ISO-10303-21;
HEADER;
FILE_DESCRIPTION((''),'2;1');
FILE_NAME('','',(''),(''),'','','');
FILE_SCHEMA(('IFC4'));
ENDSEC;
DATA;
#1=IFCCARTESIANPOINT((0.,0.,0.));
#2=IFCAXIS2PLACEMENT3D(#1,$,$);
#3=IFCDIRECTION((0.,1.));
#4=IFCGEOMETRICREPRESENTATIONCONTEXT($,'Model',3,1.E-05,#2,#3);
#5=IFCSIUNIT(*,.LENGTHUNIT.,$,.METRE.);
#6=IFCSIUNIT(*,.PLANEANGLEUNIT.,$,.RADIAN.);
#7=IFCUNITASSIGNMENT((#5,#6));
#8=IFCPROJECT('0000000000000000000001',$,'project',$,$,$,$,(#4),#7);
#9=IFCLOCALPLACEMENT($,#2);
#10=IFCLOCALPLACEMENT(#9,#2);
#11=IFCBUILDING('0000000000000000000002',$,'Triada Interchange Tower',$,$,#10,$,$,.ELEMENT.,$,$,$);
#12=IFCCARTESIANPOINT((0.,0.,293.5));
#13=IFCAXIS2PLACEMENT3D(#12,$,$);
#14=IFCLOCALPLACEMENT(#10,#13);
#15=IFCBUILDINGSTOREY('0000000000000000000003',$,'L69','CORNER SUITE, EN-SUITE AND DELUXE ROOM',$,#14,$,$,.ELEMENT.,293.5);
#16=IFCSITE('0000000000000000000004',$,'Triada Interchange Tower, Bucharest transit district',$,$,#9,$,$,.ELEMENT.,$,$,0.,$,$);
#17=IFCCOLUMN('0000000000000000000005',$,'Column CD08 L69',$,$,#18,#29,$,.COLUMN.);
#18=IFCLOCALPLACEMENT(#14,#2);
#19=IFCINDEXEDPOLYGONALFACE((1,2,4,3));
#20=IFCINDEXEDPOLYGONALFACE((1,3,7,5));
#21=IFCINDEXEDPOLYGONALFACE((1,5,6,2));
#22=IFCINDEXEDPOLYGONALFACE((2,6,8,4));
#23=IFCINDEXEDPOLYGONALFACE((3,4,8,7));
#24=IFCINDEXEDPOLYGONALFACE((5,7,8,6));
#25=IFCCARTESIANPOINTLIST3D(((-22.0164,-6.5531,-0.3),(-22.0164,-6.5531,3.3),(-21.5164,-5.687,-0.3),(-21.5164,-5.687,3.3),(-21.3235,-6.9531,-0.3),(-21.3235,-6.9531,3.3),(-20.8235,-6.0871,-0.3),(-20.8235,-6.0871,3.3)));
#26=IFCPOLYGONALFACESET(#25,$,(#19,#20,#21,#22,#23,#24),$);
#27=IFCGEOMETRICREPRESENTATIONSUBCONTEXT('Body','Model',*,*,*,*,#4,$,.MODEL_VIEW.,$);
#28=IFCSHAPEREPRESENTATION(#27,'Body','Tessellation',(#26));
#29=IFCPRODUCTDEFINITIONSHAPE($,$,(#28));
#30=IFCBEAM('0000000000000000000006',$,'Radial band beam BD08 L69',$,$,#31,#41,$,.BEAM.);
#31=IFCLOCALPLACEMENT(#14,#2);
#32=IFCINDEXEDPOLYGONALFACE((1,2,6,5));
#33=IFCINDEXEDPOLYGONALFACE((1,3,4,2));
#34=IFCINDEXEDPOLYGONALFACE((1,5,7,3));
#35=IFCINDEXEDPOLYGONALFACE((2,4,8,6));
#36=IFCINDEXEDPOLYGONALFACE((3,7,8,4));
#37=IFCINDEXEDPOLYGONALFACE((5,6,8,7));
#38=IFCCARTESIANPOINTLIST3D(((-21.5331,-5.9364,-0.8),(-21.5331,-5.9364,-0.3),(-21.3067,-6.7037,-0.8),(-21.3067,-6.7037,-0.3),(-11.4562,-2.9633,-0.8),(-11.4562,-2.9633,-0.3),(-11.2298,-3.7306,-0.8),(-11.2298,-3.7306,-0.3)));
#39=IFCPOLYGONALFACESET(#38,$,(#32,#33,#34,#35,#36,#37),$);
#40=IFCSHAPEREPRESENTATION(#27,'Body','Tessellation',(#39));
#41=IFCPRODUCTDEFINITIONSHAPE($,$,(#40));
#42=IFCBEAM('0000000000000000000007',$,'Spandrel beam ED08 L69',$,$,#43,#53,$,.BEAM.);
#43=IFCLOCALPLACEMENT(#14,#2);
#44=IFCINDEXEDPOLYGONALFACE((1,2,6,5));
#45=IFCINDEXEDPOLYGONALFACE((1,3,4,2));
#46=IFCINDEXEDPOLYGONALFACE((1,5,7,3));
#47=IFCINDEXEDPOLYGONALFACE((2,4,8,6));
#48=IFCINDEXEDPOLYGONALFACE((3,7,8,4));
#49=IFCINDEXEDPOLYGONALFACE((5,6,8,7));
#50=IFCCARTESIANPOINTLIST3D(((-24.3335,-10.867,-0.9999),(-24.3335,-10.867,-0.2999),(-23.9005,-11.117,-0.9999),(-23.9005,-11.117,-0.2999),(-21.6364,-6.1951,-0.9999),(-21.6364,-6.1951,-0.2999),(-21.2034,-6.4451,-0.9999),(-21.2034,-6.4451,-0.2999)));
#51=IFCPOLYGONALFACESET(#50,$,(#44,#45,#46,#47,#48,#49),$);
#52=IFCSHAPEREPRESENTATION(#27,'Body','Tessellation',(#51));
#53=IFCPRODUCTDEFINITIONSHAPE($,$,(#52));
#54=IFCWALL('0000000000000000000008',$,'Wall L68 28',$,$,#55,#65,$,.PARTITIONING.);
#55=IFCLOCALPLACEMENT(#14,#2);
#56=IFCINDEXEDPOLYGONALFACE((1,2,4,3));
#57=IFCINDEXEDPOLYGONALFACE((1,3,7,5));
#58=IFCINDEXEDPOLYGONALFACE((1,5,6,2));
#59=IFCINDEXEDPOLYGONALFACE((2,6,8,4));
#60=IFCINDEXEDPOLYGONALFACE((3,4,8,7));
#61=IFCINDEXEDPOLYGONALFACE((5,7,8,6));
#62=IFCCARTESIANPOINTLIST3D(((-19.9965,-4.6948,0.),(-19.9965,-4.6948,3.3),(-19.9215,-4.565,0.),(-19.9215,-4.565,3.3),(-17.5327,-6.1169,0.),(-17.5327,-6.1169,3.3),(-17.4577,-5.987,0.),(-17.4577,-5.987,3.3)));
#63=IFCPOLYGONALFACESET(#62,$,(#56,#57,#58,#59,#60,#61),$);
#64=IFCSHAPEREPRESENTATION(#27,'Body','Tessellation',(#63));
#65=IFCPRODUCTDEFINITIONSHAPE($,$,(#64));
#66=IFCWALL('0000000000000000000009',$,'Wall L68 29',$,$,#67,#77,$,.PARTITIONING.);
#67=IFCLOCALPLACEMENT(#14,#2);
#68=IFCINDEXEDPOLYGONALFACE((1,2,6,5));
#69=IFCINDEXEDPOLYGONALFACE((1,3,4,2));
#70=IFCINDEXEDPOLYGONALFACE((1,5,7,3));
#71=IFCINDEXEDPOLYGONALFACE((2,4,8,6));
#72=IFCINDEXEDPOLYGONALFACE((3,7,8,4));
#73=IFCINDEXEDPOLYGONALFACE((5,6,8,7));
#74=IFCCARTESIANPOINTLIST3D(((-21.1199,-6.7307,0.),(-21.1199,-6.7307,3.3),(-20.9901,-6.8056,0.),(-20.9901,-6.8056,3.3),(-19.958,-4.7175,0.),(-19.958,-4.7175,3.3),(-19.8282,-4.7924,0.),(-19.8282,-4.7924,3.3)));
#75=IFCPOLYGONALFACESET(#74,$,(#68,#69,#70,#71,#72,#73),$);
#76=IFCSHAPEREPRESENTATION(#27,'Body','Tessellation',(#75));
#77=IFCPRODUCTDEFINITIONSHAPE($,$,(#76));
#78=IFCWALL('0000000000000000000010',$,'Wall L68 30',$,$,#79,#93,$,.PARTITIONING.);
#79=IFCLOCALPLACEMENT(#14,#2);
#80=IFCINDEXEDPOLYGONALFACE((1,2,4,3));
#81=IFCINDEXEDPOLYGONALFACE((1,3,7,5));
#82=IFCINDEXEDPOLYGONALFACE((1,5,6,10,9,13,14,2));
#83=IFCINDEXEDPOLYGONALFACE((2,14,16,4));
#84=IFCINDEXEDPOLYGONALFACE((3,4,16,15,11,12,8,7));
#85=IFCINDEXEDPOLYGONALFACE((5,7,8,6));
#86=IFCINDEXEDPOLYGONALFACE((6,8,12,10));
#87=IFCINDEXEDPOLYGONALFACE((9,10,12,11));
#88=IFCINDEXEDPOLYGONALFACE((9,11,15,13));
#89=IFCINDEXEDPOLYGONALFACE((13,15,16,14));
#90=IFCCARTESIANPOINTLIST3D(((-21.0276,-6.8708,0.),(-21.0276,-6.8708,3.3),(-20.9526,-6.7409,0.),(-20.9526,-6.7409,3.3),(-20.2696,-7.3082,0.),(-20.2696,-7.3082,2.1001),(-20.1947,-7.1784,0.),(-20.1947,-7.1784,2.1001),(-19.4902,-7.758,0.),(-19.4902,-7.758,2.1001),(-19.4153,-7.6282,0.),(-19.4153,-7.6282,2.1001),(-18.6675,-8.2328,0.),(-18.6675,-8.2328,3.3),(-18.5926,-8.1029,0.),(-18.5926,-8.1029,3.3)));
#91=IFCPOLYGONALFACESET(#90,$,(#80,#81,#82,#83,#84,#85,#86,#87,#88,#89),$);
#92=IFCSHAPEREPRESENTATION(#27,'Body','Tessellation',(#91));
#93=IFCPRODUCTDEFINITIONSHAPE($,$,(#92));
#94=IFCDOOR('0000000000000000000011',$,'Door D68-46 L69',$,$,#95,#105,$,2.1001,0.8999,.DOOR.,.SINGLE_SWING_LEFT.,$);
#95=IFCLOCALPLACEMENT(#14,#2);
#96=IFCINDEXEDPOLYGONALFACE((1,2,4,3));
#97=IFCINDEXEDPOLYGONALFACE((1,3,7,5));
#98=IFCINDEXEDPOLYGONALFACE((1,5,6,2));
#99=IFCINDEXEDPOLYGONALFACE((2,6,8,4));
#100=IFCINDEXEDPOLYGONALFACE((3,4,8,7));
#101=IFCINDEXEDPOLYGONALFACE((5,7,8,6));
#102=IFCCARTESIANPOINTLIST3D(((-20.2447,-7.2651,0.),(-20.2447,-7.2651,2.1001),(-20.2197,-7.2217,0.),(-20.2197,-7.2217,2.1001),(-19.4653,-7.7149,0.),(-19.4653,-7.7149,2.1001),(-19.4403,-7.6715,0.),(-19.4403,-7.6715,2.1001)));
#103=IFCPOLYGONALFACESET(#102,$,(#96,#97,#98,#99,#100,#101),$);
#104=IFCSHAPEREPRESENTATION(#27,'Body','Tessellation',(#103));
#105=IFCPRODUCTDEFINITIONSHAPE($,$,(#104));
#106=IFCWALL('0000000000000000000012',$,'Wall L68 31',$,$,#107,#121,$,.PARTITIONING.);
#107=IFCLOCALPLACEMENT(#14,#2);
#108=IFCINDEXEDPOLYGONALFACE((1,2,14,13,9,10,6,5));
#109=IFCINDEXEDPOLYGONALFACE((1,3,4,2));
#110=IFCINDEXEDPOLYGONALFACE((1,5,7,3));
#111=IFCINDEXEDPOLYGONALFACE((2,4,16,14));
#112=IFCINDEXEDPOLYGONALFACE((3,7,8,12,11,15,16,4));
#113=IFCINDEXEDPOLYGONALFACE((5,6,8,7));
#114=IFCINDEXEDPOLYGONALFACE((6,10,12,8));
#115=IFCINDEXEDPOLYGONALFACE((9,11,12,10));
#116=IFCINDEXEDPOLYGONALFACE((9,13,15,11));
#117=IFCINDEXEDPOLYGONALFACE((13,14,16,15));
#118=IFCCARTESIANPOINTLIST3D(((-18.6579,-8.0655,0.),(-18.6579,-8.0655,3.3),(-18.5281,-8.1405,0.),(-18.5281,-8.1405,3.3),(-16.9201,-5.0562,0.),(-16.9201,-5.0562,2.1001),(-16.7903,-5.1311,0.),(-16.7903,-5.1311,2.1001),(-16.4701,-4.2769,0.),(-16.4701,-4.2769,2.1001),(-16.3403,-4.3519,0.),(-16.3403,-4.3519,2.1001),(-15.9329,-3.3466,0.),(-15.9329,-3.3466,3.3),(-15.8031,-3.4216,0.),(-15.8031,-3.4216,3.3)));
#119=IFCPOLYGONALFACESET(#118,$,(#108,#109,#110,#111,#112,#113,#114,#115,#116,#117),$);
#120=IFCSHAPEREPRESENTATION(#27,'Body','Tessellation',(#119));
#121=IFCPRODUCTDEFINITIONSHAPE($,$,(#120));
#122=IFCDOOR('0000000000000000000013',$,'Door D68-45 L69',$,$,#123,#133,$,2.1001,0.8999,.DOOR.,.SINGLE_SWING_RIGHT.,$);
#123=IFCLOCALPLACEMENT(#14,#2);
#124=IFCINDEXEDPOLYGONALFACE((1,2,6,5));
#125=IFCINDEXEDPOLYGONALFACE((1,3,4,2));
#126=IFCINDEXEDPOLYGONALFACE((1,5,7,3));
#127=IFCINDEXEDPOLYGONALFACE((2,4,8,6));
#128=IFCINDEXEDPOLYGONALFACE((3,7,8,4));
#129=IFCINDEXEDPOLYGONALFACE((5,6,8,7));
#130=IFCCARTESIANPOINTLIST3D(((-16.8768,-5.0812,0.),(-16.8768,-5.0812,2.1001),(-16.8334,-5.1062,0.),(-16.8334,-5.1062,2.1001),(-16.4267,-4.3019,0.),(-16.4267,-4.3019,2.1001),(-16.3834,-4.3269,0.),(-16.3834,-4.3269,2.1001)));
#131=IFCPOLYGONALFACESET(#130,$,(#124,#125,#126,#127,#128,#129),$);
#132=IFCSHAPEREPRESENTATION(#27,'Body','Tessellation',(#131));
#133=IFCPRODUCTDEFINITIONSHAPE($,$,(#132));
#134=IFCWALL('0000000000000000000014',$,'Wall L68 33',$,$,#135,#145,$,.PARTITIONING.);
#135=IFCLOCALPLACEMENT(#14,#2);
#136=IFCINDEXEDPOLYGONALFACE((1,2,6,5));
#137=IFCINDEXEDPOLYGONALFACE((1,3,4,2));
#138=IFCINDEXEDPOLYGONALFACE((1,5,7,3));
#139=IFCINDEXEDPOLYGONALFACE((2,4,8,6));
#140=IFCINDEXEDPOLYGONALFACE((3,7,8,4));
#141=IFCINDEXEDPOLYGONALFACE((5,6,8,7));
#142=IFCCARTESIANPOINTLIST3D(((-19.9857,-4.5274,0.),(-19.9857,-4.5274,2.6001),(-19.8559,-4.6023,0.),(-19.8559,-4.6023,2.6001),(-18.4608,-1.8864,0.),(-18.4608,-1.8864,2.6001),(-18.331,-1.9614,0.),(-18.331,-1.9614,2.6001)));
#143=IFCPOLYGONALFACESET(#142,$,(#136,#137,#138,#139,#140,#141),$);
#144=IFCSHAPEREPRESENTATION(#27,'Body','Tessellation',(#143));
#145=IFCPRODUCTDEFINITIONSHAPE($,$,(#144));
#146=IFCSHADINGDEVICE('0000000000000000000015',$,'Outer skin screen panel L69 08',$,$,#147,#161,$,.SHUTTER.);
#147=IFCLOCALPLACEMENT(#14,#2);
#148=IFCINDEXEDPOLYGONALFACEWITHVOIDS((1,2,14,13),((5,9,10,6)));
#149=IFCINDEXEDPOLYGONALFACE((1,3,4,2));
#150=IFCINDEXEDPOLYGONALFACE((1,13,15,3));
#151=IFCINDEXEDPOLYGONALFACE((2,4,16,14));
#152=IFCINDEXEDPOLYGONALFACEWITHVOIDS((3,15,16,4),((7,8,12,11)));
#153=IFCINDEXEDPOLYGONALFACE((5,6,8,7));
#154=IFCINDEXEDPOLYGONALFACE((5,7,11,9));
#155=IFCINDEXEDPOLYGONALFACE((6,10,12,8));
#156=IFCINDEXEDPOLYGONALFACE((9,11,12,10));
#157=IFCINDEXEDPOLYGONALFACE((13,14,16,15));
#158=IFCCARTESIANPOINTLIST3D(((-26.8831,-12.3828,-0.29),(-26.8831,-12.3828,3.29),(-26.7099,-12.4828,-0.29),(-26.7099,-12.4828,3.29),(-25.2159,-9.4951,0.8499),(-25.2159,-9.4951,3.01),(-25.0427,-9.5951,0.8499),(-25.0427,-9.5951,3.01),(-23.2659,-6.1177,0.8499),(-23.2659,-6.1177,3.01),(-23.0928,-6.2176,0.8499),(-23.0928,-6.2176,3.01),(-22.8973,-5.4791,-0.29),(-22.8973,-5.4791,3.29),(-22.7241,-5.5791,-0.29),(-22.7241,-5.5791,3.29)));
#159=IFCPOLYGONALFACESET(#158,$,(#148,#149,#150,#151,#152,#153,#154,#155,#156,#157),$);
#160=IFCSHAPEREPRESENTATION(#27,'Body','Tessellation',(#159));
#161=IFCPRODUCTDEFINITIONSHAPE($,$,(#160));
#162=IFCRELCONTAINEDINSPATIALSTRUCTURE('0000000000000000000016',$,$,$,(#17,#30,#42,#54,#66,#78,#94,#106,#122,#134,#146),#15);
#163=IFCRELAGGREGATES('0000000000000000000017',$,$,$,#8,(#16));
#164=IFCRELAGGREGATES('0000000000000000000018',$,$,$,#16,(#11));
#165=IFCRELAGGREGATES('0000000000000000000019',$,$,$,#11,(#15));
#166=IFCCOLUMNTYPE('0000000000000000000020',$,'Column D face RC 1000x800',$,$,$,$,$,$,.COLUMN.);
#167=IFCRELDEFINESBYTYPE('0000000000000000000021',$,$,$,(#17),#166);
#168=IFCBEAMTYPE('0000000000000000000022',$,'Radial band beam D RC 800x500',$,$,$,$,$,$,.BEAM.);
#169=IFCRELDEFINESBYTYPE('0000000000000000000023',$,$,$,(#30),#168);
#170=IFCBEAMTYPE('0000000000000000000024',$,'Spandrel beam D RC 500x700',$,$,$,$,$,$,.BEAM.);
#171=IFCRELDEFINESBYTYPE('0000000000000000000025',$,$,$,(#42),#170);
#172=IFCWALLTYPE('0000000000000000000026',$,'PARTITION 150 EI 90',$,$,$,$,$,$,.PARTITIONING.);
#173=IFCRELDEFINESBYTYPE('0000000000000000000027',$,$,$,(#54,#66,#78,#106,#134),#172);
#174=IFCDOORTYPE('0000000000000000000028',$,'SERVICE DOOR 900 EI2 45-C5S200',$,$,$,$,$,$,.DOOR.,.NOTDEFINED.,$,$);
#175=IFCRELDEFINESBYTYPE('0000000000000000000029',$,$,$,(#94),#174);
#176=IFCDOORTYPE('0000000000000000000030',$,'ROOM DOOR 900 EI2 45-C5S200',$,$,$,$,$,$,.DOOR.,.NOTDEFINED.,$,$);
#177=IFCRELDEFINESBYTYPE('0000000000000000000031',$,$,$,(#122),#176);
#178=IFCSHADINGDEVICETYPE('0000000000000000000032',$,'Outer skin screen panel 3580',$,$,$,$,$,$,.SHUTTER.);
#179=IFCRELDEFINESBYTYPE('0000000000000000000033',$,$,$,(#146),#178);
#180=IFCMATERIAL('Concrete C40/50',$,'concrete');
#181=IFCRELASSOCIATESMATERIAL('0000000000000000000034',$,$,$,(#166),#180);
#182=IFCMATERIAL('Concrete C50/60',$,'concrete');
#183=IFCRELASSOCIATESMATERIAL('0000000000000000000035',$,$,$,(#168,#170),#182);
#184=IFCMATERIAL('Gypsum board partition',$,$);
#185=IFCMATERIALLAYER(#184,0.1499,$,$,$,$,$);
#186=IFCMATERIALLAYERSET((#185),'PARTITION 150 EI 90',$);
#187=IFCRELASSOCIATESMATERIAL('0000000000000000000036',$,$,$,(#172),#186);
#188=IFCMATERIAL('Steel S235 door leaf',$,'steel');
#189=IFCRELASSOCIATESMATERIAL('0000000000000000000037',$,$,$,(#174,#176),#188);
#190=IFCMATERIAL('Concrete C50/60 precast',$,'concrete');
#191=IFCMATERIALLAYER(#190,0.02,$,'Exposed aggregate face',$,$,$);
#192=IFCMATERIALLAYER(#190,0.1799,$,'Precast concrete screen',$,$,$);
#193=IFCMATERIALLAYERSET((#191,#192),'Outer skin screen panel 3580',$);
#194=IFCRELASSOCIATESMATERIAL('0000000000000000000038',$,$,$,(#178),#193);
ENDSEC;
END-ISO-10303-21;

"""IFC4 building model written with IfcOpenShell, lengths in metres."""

from ifc_helpers import new_model, si_unit, direction, frame, frame_2d, origin, origin_2d, place, context, subcontext, project, spatial, polyline, rectangle, outline, extrude, material, layer, layer_set, material_profile, profile_set, type_object, element, fill, save


model = new_model("IFC4")

# Units and contexts
model_context = context("Model", 3, precision=1e-05, world=origin(), true_north=direction((0.0, 1.0)))
body_context = subcontext(model_context, "Body", "Model", "MODEL_VIEW")
ifc_project = project(units=[si_unit("LENGTHUNIT", "METRE"), si_unit("PLANEANGLEUNIT", "RADIAN")], contexts=[model_context])

# Site, building, storey
site_placement = place(None, origin())
site = spatial("IfcSite", under=ifc_project, at=site_placement, Name="Triada Interchange Tower, Bucharest transit district", CompositionType="ELEMENT", RefElevation=0.0)
building_placement = place(site_placement, origin())
building = spatial("IfcBuilding", under=site, at=building_placement, Name="Triada Interchange Tower", CompositionType="ELEMENT")
storey_placement = place(building_placement, frame((0.0, 0.0, 293.5)))
storey = spatial("IfcBuildingStorey", under=building, at=storey_placement, Name="L69", Description="CORNER SUITE, EN-SUITE AND DELUXE ROOM", CompositionType="ELEMENT", Elevation=293.5)

# Column
ifc_material_1 = material(Name="Concrete C40/50", Category="concrete")
ifc_material_profile_1 = material_profile(ifc_material_1, rectangle(XDim=1.0, YDim=0.8, at=origin_2d()), Name="RC 1000x800")
ifc_profile_set_1 = profile_set([ifc_material_profile_1], Name="Concrete C40/50")
column_type = type_object("IfcColumnType", Name="Column D face RC 1000x800", PredefinedType="COLUMN", material=ifc_profile_set_1)
column_placement = place(storey_placement, frame((-21.4199, -6.3201, -0.3), z_axis=(0.0, 0.0, 1.0), x_axis=(0.5, 0.866025, 0.0)))
element("IfcColumn", 1, at=column_placement, inside=storey, type_object=column_type, Name="Column CD08 L69", PredefinedType="COLUMN", context=body_context, shape_type="SweptSolid", body=[
    extrude(rectangle(XDim=1.0, YDim=0.8, at=origin_2d()), origin(), (0.0, 0.0, 1.0), 3.6001),
])

# Beams
ifc_material_2 = material(Name="Concrete C50/60", Category="concrete")
ifc_material_profile_2 = material_profile(ifc_material_2, rectangle(XDim=0.8, YDim=0.5, at=origin_2d()), Name="RC 800x500")
ifc_profile_set_2 = profile_set([ifc_material_profile_2], Name="Concrete C50/60")
beam_type_1 = type_object("IfcBeamType", Name="Radial band beam D RC 800x500", PredefinedType="BEAM", material=ifc_profile_set_2)
beam_1_placement = place(storey_placement, frame((-21.4199, -6.3201, -0.55), z_axis=(0.959124, 0.282985, 0.0), x_axis=(-0.282985, 0.959124, 0.0)))
element("IfcBeam", 2, at=beam_1_placement, inside=storey, type_object=beam_type_1, Name="Radial band beam BD08 L69", PredefinedType="BEAM", context=body_context, shape_type="SweptSolid", body=[
    extrude(rectangle(XDim=0.8, YDim=0.5, at=origin_2d()), origin(), (0.0, 0.0, 1.0), 10.5063),
])
ifc_material_profile_3 = material_profile(ifc_material_2, rectangle(XDim=0.5, YDim=0.7, at=origin_2d()), Name="RC 500x700")
ifc_profile_set_3 = profile_set([ifc_material_profile_3], Name="Concrete C50/60")
beam_type_2 = type_object("IfcBeamType", Name="Spandrel beam D RC 500x700", PredefinedType="BEAM", material=ifc_profile_set_3)
beam_2_placement = place(storey_placement, frame((-21.4199, -6.3201, -0.6499), z_axis=(-0.49996, -0.866048, 0.0), x_axis=(0.866048, -0.49996, 0.0)))
element("IfcBeam", 3, at=beam_2_placement, inside=storey, type_object=beam_type_2, Name="Spandrel beam ED08 L69", PredefinedType="BEAM", context=body_context, shape_type="SweptSolid", body=[
    extrude(rectangle(XDim=0.5, YDim=0.7, at=origin_2d()), origin(), (0.0, 0.0, 1.0), 5.3945),
])

# Walls
ifc_material_3 = material(Name="Gypsum board partition")
ifc_layer_1 = layer(ifc_material_3, 0.1499)
ifc_layer_set_1 = layer_set([ifc_layer_1], Name="PARTITION 150 EI 90")
wall_type = type_object("IfcWallType", Name="PARTITION 150 EI 90", PredefinedType="PARTITIONING", material=ifc_layer_set_1)
wall_1_placement = place(storey_placement, frame((-19.959, -4.6299, 0.0), z_axis=(0.0, 0.0, 1.0), x_axis=(0.866086, -0.499896, 0.0)))
element("IfcWall", 4, at=wall_1_placement, inside=storey, type_object=wall_type, Name="Wall L68 28", PredefinedType="PARTITIONING", context=body_context, shape_type="SweptSolid", body=[
    extrude(rectangle(XDim=2.8447, YDim=0.1499, at=frame_2d((1.4224, 0.0))), origin(), (0.0, 0.0, 1.0), 3.3),
])
wall_2_placement = place(storey_placement, frame((-21.0549, -6.7681, 0.0), z_axis=(0.0, 0.0, 1.0), x_axis=(0.499856, 0.866109, 0.0)))
element("IfcWall", 5, at=wall_2_placement, inside=storey, type_object=wall_type, Name="Wall L68 29", PredefinedType="PARTITIONING", context=body_context, shape_type="SweptSolid", body=[
    extrude(rectangle(XDim=2.3245, YDim=0.1499, at=frame_2d((1.1621, 0.0))), origin(), (0.0, 0.0, 1.0), 3.3),
])

# Walls, openings, doors
wall_3_placement = place(storey_placement, frame((-20.99, -6.8059, 0.0), z_axis=(0.0, 0.0, 1.0), x_axis=(0.866112, -0.499849, 0.0)))
wall_3 = element("IfcWall", 6, at=wall_3_placement, inside=storey, type_object=wall_type, Name="Wall L68 30", PredefinedType="PARTITIONING", context=body_context, shape_type="SweptSolid", body=[
    extrude(rectangle(XDim=2.7249, YDim=0.1499, at=frame_2d((1.3623, 0.0))), origin(), (0.0, 0.0, 1.0), 3.3),
])
opening_1_placement = place(wall_3_placement, frame((0.875, 0.0, 0.0)))
opening_1 = element("IfcOpeningElement", 7, at=opening_1_placement, cuts=wall_3, PredefinedType="OPENING", context=body_context, shape_type="SweptSolid", body=[
    extrude(rectangle(XDim=0.8999, YDim=2.1001, at=frame_2d((0.45, 1.05))), frame((0.0, 0.085, 0.0), z_axis=(0.0, -1.0, 0.0), x_axis=(1.0, 0.0, 0.0)), (0.0, 0.0, 1.0), 0.1699),
])
ifc_material_4 = material(Name="Steel S235 door leaf", Category="steel")
door_type_1 = type_object("IfcDoorType", Name="SERVICE DOOR 900 EI2 45-C5S200", OperationType="NOTDEFINED", PredefinedType="DOOR", material=ifc_material_4)
door_1_placement = place(opening_1_placement, origin())
door_1 = element("IfcDoor", 8, at=door_1_placement, inside=storey, type_object=door_type_1, Name="Door D68-46 L69", OperationType="SINGLE_SWING_LEFT", OverallHeight=2.1001, OverallWidth=0.8999, PredefinedType="DOOR", context=body_context, shape_type="SweptSolid", body=[
    extrude(rectangle(XDim=0.8999, YDim=2.1001, at=frame_2d((0.45, 1.05))), frame((0.0, 0.0249, 0.0), z_axis=(0.0, -1.0, 0.0), x_axis=(1.0, 0.0, 0.0)), (0.0, 0.0, 1.0), 0.05),
])
fill(opening_1, door_1)
wall_4_placement = place(storey_placement, frame((-18.593, -8.103, 0.0), z_axis=(0.0, 0.0, 1.0), x_axis=(0.500081, 0.865979, 0.0)))
wall_4 = element("IfcWall", 9, at=wall_4_placement, inside=storey, type_object=wall_type, Name="Wall L68 31", PredefinedType="PARTITIONING", context=body_context, shape_type="SweptSolid", body=[
    extrude(rectangle(XDim=5.4492, YDim=0.1499, at=frame_2d((2.7246, 0.0))), origin(), (0.0, 0.0, 1.0), 3.3),
])
opening_2_placement = place(wall_4_placement, frame((3.4751, 0.0, 0.0)))
opening_2 = element("IfcOpeningElement", 10, at=opening_2_placement, cuts=wall_4, PredefinedType="OPENING", context=body_context, shape_type="SweptSolid", body=[
    extrude(rectangle(XDim=0.8999, YDim=2.1001, at=frame_2d((0.45, 1.05))), frame((0.0, 0.085, 0.0), z_axis=(0.0, -1.0, 0.0), x_axis=(1.0, 0.0, 0.0)), (0.0, 0.0, 1.0), 0.1699),
])
door_type_2 = type_object("IfcDoorType", Name="ROOM DOOR 900 EI2 45-C5S200", OperationType="NOTDEFINED", PredefinedType="DOOR", material=ifc_material_4)
door_2_placement = place(opening_2_placement, origin())
door_2 = element("IfcDoor", 11, at=door_2_placement, inside=storey, type_object=door_type_2, Name="Door D68-45 L69", OperationType="SINGLE_SWING_RIGHT", OverallHeight=2.1001, OverallWidth=0.8999, PredefinedType="DOOR", context=body_context, shape_type="SweptSolid", body=[
    extrude(rectangle(XDim=0.8999, YDim=2.1001, at=frame_2d((0.45, 1.05))), frame((0.0, 0.0249, 0.0), z_axis=(0.0, -1.0, 0.0), x_axis=(1.0, 0.0, 0.0)), (0.0, 0.0, 1.0), 0.05),
])
fill(opening_2, door_2)

# Wall
wall_5_placement = place(storey_placement, frame((-19.9209, -4.5649, 0.0), z_axis=(0.0, 0.0, 1.0), x_axis=(0.500048, 0.865998, 0.0)))
element("IfcWall", 12, at=wall_5_placement, inside=storey, type_object=wall_type, Name="Wall L68 33", PredefinedType="PARTITIONING", context=body_context, shape_type="SweptSolid", body=[
    extrude(rectangle(XDim=3.0496, YDim=0.1499, at=frame_2d((1.5249, 0.0))), origin(), (0.0, 0.0, 1.0), 2.6001),
])

# Shading device
ifc_material_5 = material(Name="Concrete C50/60 precast", Category="concrete")
ifc_layer_2 = layer(ifc_material_5, 0.02, Name="Exposed aggregate face")
ifc_layer_3 = layer(ifc_material_5, 0.1799, Name="Precast concrete screen")
ifc_layer_set_2 = layer_set([ifc_layer_2, ifc_layer_3], Name="Outer skin screen panel 3580")
shading_device_type = type_object("IfcShadingDeviceType", Name="Outer skin screen panel 3580", PredefinedType="SHUTTER", material=ifc_layer_set_2)
shading_device_placement = place(storey_placement, frame((-22.7241, -5.5791, -0.29), z_axis=(0.0, 0.0, 1.0), x_axis=(-0.499993, -0.86603, 0.0)))
element("IfcShadingDevice", 13, at=shading_device_placement, inside=storey, type_object=shading_device_type, Name="Outer skin screen panel L69 08", PredefinedType="SHUTTER", context=body_context, shape_type="SweptSolid", body=[
    extrude(outline(polyline([(0.0, 0.0), (7.9717, 0.0), (7.9717, 3.5801), (0.0, 3.5801), (0.0, 0.0)]), holes=[polyline([(0.7373, 1.1399), (0.7373, 3.3), (4.6372, 3.3), (4.6372, 1.1399), (0.7373, 1.1399)])]), frame((0.0, 0.0, 0.0), z_axis=(0.0, -1.0, 0.0), x_axis=(1.0, 0.0, 0.0)), (0.0, 0.0, 1.0), 0.2),
])

save(model, "model.ifc")
